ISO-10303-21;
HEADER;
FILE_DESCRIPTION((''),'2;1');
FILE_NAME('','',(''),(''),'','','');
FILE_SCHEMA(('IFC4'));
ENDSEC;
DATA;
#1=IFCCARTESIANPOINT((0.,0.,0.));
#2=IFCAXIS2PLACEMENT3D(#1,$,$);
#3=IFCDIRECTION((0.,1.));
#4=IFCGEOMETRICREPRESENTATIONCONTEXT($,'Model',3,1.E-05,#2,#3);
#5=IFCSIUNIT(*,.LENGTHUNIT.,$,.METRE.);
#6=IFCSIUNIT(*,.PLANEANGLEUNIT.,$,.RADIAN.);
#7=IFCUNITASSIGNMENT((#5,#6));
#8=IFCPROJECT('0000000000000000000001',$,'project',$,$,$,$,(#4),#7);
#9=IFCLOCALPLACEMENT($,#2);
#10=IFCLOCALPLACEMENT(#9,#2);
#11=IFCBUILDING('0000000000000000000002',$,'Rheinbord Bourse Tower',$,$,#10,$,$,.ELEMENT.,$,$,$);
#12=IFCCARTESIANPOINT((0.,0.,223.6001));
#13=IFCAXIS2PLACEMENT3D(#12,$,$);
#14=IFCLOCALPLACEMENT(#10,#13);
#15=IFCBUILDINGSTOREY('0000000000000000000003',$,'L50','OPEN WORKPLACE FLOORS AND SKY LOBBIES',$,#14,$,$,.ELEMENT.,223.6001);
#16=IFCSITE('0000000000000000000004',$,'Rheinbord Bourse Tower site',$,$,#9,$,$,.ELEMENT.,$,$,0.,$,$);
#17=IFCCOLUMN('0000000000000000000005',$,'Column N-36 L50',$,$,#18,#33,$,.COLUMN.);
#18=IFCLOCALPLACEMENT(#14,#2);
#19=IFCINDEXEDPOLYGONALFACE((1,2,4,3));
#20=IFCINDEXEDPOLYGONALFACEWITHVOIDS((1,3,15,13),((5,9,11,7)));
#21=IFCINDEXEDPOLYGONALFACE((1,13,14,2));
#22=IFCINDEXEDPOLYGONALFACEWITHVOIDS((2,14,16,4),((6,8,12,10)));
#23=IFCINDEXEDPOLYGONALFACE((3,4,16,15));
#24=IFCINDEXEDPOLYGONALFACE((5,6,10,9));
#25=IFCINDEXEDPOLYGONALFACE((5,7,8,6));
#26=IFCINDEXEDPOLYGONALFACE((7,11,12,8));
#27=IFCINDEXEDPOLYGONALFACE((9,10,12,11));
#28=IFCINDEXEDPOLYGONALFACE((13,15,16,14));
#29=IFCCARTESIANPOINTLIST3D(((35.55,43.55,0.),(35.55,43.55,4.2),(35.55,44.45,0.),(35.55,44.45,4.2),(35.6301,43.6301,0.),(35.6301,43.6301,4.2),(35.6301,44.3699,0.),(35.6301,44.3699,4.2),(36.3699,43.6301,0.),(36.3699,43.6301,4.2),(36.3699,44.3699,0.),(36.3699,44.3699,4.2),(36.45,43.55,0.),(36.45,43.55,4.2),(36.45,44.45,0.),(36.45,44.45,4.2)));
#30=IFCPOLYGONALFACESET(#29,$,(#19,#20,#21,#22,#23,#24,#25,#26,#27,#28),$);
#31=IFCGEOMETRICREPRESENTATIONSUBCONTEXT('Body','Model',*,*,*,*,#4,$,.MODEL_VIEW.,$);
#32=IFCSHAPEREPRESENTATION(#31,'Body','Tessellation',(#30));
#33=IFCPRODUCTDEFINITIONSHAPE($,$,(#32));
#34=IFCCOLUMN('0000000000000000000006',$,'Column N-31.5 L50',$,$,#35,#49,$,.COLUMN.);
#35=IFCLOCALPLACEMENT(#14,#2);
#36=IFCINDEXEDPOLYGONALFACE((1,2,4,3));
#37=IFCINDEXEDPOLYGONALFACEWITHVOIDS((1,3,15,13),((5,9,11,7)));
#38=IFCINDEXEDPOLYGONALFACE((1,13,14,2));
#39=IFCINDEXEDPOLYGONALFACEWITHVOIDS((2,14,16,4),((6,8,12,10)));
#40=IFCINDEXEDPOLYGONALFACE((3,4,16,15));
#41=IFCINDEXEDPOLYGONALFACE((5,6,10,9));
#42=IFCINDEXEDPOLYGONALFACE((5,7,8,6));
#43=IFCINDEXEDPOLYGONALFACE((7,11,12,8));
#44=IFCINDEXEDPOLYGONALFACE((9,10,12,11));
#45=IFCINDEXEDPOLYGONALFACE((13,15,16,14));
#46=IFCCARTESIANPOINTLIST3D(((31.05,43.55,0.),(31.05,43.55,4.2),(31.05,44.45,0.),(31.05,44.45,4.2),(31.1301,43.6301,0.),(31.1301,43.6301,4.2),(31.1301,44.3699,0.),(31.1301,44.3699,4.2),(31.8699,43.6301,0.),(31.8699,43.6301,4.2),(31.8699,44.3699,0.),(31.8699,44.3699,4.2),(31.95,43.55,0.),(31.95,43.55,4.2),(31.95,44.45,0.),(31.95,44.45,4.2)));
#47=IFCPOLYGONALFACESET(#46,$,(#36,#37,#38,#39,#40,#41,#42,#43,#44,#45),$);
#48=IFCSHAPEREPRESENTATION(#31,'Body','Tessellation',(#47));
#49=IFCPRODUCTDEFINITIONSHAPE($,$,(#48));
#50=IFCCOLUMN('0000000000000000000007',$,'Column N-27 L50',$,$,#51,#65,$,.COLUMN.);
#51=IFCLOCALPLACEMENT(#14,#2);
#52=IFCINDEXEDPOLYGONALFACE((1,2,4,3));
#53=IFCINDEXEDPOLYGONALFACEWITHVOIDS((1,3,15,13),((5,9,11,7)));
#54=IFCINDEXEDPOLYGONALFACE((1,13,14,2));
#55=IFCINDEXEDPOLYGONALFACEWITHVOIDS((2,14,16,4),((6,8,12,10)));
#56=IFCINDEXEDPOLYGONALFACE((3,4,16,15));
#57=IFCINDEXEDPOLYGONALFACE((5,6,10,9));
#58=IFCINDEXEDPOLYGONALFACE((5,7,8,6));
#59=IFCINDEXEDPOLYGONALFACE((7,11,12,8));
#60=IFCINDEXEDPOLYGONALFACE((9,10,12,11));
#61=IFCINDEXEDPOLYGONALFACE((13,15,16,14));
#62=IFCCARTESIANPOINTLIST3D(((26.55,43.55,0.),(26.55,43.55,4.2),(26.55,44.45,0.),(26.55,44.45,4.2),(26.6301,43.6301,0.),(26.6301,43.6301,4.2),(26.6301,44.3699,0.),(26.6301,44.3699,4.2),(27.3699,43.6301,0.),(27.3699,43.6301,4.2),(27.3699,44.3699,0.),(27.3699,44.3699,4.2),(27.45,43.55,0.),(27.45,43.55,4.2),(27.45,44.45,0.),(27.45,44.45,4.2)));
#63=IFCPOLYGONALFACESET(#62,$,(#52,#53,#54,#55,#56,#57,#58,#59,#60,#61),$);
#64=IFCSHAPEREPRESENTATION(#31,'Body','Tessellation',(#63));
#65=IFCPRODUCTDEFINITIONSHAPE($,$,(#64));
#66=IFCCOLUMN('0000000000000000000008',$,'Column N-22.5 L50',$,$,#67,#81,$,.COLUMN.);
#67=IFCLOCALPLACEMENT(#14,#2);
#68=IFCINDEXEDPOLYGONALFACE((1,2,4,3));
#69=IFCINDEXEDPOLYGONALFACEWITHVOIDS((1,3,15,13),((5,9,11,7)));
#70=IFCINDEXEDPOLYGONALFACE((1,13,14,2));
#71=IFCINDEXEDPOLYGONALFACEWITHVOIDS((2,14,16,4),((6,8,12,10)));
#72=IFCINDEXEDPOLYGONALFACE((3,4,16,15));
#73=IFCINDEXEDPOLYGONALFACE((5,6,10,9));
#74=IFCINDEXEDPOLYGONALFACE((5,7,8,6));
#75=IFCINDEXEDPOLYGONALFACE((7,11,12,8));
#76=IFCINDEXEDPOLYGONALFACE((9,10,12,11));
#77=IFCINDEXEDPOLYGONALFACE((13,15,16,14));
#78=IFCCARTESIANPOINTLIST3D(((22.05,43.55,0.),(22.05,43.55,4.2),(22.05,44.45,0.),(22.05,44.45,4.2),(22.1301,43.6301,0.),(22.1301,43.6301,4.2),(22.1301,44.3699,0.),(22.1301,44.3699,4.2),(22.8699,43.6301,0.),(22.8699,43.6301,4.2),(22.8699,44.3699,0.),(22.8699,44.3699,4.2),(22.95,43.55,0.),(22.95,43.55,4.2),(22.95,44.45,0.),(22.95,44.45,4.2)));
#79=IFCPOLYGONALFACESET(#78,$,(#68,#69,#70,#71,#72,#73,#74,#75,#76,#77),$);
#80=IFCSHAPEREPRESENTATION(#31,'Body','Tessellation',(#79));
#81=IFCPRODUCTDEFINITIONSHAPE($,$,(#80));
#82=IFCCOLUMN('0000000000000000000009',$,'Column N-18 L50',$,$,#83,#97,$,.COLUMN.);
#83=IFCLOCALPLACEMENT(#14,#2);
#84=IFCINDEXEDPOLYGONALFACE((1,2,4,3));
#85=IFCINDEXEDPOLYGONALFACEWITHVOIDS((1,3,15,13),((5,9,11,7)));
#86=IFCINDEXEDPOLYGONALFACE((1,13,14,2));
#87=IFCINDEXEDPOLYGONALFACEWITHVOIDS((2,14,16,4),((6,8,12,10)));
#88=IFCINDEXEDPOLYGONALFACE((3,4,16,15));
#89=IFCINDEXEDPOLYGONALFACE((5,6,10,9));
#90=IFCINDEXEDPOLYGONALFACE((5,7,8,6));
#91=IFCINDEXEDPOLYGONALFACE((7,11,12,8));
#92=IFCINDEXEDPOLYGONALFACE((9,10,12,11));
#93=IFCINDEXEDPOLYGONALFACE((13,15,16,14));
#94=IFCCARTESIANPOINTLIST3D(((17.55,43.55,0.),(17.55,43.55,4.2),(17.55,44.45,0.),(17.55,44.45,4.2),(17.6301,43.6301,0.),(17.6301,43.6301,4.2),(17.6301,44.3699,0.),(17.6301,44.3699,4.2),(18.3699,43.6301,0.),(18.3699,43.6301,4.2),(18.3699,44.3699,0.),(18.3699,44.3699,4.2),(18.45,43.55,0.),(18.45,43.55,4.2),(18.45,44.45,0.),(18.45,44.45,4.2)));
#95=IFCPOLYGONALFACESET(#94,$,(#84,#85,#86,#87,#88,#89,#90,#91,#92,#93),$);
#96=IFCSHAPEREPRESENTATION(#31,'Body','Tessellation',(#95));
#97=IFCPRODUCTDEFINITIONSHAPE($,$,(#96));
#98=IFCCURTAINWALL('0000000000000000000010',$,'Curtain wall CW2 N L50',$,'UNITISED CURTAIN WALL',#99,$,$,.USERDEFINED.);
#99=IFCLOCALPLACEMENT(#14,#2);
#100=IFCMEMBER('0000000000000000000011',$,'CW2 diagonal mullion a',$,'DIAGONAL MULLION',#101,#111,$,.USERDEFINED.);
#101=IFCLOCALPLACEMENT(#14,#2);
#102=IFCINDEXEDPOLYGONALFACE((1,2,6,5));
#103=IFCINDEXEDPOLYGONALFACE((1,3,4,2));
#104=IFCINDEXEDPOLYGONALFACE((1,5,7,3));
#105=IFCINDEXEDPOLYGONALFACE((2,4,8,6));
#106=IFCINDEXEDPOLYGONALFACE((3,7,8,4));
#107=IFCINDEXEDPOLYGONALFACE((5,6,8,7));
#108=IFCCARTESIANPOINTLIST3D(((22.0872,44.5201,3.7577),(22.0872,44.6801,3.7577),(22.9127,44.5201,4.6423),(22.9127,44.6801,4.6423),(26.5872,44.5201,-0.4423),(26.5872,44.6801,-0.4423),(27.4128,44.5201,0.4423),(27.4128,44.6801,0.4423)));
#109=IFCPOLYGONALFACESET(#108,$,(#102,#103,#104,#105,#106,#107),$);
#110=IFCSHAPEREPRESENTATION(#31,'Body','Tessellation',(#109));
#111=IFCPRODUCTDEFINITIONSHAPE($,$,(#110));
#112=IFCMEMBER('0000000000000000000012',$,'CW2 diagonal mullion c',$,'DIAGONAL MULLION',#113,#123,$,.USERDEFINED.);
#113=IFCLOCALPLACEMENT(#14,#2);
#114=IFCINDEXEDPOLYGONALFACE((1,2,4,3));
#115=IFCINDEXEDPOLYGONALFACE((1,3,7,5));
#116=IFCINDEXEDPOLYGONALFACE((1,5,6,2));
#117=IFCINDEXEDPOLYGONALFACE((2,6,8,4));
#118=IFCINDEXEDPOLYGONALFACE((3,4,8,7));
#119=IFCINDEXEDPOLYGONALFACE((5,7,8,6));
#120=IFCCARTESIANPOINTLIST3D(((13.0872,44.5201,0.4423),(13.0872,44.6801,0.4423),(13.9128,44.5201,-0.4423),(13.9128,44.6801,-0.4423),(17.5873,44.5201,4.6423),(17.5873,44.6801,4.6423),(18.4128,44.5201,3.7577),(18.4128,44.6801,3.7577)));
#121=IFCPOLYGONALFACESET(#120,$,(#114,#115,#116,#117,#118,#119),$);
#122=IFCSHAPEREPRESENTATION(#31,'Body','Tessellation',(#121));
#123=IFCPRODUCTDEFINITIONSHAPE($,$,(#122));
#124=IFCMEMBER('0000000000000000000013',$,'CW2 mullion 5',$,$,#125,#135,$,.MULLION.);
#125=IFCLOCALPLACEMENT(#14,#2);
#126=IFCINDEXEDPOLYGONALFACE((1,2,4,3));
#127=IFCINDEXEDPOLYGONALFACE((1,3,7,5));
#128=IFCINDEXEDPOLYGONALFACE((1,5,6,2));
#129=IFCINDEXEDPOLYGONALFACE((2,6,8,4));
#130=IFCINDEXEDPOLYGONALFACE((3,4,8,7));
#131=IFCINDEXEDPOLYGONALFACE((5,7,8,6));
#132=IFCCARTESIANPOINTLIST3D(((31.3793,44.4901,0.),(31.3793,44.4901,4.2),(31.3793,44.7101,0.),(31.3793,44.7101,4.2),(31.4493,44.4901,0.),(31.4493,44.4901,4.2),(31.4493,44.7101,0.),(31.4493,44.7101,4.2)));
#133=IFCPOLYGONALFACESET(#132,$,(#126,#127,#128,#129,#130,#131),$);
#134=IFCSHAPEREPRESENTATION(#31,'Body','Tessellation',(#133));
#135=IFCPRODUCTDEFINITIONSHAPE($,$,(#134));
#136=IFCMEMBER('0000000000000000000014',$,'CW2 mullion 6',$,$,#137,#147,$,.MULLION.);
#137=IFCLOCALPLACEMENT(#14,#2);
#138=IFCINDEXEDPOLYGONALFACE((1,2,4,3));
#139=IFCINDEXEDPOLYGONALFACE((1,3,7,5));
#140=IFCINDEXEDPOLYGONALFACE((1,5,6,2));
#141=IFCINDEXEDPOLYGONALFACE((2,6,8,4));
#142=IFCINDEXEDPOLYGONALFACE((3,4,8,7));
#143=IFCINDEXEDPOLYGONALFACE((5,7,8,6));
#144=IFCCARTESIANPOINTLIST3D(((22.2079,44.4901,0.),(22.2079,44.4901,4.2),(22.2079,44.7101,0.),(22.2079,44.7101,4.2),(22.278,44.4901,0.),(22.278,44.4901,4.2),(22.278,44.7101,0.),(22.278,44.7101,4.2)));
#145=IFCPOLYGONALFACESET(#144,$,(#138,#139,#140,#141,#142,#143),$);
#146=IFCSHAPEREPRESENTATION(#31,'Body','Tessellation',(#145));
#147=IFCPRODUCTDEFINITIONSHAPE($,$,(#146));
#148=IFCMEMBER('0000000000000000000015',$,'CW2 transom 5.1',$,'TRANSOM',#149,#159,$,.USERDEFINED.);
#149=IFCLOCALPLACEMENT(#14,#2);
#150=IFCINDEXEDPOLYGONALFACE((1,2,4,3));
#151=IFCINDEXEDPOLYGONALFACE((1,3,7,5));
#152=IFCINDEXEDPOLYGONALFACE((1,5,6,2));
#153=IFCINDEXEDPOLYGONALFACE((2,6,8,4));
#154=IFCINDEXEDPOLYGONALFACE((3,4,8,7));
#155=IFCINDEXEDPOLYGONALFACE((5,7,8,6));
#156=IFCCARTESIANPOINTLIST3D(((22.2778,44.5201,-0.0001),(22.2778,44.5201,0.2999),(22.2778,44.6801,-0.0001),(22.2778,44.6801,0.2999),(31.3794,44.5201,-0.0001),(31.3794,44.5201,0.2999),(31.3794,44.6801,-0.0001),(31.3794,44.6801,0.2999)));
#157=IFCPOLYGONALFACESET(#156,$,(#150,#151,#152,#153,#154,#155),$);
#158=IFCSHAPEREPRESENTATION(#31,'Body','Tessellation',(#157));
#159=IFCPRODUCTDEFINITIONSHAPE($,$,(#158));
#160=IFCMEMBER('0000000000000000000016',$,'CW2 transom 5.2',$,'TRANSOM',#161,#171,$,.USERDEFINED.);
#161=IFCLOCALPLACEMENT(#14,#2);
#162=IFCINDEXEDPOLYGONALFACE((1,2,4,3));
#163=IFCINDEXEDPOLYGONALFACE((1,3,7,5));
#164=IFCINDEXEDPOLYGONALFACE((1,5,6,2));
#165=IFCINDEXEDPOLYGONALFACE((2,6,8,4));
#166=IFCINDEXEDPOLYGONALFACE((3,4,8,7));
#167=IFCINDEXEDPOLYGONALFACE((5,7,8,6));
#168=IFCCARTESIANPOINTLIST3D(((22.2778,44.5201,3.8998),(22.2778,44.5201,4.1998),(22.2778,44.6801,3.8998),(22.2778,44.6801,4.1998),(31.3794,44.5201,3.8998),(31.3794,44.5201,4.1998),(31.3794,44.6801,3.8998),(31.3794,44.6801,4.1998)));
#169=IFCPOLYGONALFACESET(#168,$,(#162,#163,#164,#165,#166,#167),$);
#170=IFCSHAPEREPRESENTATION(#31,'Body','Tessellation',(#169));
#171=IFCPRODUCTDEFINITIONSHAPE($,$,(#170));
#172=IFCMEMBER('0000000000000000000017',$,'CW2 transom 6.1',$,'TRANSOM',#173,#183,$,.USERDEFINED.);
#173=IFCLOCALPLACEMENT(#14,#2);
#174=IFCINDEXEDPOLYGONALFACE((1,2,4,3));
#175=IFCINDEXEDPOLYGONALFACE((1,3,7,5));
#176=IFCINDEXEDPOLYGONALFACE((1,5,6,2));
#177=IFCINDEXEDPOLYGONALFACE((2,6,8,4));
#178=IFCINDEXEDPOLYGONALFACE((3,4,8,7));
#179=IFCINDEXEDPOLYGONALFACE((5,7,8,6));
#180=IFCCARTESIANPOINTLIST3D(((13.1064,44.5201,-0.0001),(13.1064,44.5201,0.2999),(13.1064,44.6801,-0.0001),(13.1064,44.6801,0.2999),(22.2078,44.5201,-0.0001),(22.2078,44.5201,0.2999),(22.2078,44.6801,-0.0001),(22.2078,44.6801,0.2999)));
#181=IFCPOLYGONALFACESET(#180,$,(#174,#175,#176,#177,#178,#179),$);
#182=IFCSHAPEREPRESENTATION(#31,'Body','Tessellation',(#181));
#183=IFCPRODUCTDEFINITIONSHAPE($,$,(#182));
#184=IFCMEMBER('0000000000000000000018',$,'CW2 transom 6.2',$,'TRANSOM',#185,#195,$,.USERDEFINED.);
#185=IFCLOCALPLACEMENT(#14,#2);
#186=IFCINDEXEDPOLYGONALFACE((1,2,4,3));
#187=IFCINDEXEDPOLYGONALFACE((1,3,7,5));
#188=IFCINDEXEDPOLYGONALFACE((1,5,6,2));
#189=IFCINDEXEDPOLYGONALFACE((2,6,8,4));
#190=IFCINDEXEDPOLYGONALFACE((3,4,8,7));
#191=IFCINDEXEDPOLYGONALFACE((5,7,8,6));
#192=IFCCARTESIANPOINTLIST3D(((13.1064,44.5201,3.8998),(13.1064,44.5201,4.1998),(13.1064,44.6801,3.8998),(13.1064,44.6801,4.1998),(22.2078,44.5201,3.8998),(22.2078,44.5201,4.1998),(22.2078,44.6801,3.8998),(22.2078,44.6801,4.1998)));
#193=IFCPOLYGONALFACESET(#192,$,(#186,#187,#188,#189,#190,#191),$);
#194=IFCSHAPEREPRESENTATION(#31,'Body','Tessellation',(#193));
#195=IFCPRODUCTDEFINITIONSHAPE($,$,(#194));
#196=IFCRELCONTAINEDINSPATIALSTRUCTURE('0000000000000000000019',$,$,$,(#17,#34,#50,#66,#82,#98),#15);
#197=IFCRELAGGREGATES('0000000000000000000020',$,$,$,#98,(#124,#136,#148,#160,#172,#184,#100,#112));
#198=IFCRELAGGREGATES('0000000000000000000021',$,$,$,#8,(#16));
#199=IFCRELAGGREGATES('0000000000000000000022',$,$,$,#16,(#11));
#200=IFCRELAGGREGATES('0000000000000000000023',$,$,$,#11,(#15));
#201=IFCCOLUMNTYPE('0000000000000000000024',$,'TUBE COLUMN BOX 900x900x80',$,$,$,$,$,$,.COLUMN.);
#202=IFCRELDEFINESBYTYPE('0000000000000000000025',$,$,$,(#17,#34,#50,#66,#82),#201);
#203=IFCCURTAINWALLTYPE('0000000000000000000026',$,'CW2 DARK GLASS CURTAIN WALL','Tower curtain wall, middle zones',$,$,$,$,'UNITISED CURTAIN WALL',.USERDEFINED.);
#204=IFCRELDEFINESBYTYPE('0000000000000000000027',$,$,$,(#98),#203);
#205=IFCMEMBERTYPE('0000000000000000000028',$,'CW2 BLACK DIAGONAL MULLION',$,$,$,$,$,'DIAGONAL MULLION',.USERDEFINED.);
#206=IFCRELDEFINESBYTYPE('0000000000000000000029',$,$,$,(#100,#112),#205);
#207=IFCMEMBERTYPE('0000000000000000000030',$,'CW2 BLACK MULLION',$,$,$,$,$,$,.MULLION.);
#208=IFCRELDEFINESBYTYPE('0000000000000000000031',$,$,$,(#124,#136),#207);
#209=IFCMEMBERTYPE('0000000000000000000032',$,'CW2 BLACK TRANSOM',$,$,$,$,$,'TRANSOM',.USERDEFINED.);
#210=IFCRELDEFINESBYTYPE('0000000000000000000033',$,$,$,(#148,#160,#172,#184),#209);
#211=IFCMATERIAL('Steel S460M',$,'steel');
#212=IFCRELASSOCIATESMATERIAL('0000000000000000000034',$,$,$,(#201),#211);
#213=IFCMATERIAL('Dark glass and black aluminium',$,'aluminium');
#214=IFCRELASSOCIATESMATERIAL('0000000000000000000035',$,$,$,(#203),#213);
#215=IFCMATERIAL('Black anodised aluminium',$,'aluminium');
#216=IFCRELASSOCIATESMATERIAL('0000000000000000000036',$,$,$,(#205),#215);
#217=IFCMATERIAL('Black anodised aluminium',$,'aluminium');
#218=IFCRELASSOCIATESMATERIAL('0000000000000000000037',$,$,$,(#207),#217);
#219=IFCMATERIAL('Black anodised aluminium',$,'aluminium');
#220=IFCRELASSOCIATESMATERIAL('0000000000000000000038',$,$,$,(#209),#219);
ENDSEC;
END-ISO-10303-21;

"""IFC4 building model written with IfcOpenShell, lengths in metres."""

from ifc_helpers import new_model, si_unit, direction, frame, origin, origin_2d, place, context, subcontext, project, spatial, rectangle, hollow_rectangle, extrude, material, material_profile, profile_set, type_object, element, aggregate, save


model = new_model("IFC4")

# Units and contexts
model_context = context("Model", 3, precision=1e-05, world=origin(), true_north=direction((0.0, 1.0)))
body_context = subcontext(model_context, "Body", "Model", "MODEL_VIEW")
ifc_project = project(units=[si_unit("LENGTHUNIT", "METRE"), si_unit("PLANEANGLEUNIT", "RADIAN")], contexts=[model_context])

# Site, building, storey
site_placement = place(None, origin())
site = spatial("IfcSite", under=ifc_project, at=site_placement, Name="Rheinbord Bourse Tower site", CompositionType="ELEMENT", RefElevation=0.0)
building_placement = place(site_placement, origin())
building = spatial("IfcBuilding", under=site, at=building_placement, Name="Rheinbord Bourse Tower", CompositionType="ELEMENT")
storey_placement = place(building_placement, frame((0.0, 0.0, 223.6001)))
storey = spatial("IfcBuildingStorey", under=building, at=storey_placement, Name="L50", Description="OPEN WORKPLACE FLOORS AND SKY LOBBIES", CompositionType="ELEMENT", Elevation=223.6001)

# Columns
ifc_material_1 = material(Name="Steel S460M", Category="steel")
ifc_material_profile_1 = material_profile(ifc_material_1, hollow_rectangle(XDim=0.8999, YDim=0.8999, WallThickness=0.0801, at=origin_2d()), Name="BOX 900x900x80")
ifc_profile_set_1 = profile_set([ifc_material_profile_1], Name="Steel S460M")
column_type = type_object("IfcColumnType", Name="TUBE COLUMN BOX 900x900x80", PredefinedType="COLUMN", material=ifc_profile_set_1)
for number, where, z_axis, x_axis, name in (
    (1, (36.0, 44.0, 0.0), (0.0, 0.0, 1.0), (0.0, 1.0, 0.0), "Column N-36 L50"),
    (2, (31.5, 44.0, 0.0), (0.0, 0.0, 1.0), (0.0, 1.0, 0.0), "Column N-31.5 L50"),
    (3, (27.0, 44.0, 0.0), (0.0, 0.0, 1.0), (0.0, 1.0, 0.0), "Column N-27 L50"),
    (4, (22.5, 44.0, 0.0), (0.0, 0.0, 1.0), (0.0, 1.0, 0.0), "Column N-22.5 L50"),
    (5, (18.0, 44.0, 0.0), (0.0, 0.0, 1.0), (0.0, 1.0, 0.0), "Column N-18 L50"),
):
    element("IfcColumn", number, at=place(storey_placement, frame(where, z_axis=z_axis, x_axis=x_axis)), inside=storey, type_object=column_type, Name=name, PredefinedType="COLUMN", context=body_context, shape_type="SweptSolid", body=[
        extrude(hollow_rectangle(XDim=0.8999, YDim=0.8999, WallThickness=0.0801, at=origin_2d()), origin(), (0.0, 0.0, 1.0), 4.2),
    ])

# Curtain wall, members
ifc_material_2 = material(Name="Dark glass and black aluminium", Category="aluminium")
curtain_wall_type = type_object("IfcCurtainWallType", Name="CW2 DARK GLASS CURTAIN WALL", Description="Tower curtain wall, middle zones", ElementType="UNITISED CURTAIN WALL", PredefinedType="USERDEFINED", material=ifc_material_2)
curtain_wall_placement = place(storey_placement, origin())
curtain_wall = element("IfcCurtainWall", 6, at=curtain_wall_placement, inside=storey, type_object=curtain_wall_type, Name="Curtain wall CW2 N L50", ObjectType="UNITISED CURTAIN WALL", PredefinedType="USERDEFINED")
ifc_material_3 = material(Name="Black anodised aluminium", Category="aluminium")
ifc_material_profile_2 = material_profile(ifc_material_3, rectangle(XDim=0.1599, YDim=1.21, at=origin_2d()), Name="CW2 DIAGONAL MULLION 1210x160")
ifc_profile_set_2 = profile_set([ifc_material_profile_2], Name="Black anodised aluminium")
member_type_1 = type_object("IfcMemberType", Name="CW2 BLACK DIAGONAL MULLION", ElementType="DIAGONAL MULLION", PredefinedType="USERDEFINED", material=ifc_profile_set_2)
member_1_placement = place(storey_placement, frame((27.0, 44.6001, 0.0), z_axis=(-0.731059, 0.0, 0.682314), x_axis=(0.0, -1.0, 0.0)))
member_1 = element("IfcMember", 7, at=member_1_placement, type_object=member_type_1, Name="CW2 diagonal mullion a", ObjectType="DIAGONAL MULLION", PredefinedType="USERDEFINED", context=body_context, shape_type="SweptSolid", body=[
    extrude(rectangle(XDim=0.1599, YDim=1.21, at=origin_2d()), origin(), (0.0, 0.0, 1.0), 6.1555),
])
member_2_placement = place(storey_placement, frame((13.5, 44.6001, 0.0), z_axis=(0.731059, 0.0, 0.682314), x_axis=(0.0, 1.0, 0.0)))
member_2 = element("IfcMember", 8, at=member_2_placement, type_object=member_type_1, Name="CW2 diagonal mullion c", ObjectType="DIAGONAL MULLION", PredefinedType="USERDEFINED", context=body_context, shape_type="SweptSolid", body=[
    extrude(rectangle(XDim=0.1599, YDim=1.21, at=origin_2d()), origin(), (0.0, 0.0, 1.0), 6.1555),
])
ifc_material_4 = material(Name="Black anodised aluminium", Category="aluminium")
ifc_material_profile_3 = material_profile(ifc_material_4, rectangle(XDim=0.22, YDim=0.0701, at=origin_2d()), Name="CW2 MULLION 70x220")
ifc_profile_set_3 = profile_set([ifc_material_profile_3], Name="Black anodised aluminium")
member_type_2 = type_object("IfcMemberType", Name="CW2 BLACK MULLION", PredefinedType="MULLION", material=ifc_profile_set_3)
member_3_placement = place(storey_placement, frame((31.4143, 44.6001, 0.0), z_axis=(0.0, 0.0, 1.0), x_axis=(0.0, -1.0, 0.0)))
member_3 = element("IfcMember", 9, at=member_3_placement, type_object=member_type_2, Name="CW2 mullion 5", PredefinedType="MULLION", context=body_context, shape_type="SweptSolid", body=[
    extrude(rectangle(XDim=0.22, YDim=0.0701, at=origin_2d()), origin(), (0.0, 0.0, 1.0), 4.2),
])
member_4_placement = place(storey_placement, frame((22.2429, 44.6001, 0.0), z_axis=(0.0, 0.0, 1.0), x_axis=(0.0, -1.0, 0.0)))
member_4 = element("IfcMember", 10, at=member_4_placement, type_object=member_type_2, Name="CW2 mullion 6", PredefinedType="MULLION", context=body_context, shape_type="SweptSolid", body=[
    extrude(rectangle(XDim=0.22, YDim=0.0701, at=origin_2d()), origin(), (0.0, 0.0, 1.0), 4.2),
])
ifc_material_5 = material(Name="Black anodised aluminium", Category="aluminium")
ifc_material_profile_4 = material_profile(ifc_material_5, rectangle(XDim=0.1599, YDim=0.3, at=origin_2d()), Name="CW2 TRANSOM 300x160")
ifc_profile_set_4 = profile_set([ifc_material_profile_4], Name="Black anodised aluminium")
member_type_3 = type_object("IfcMemberType", Name="CW2 BLACK TRANSOM", ElementType="TRANSOM", PredefinedType="USERDEFINED", material=ifc_profile_set_4)
member_5_placement = place(storey_placement, frame((31.3794, 44.6001, 0.1499), z_axis=(-1.0, 0.0, 0.0), x_axis=(0.0, -1.0, 0.0)))
member_5 = element("IfcMember", 11, at=member_5_placement, type_object=member_type_3, Name="CW2 transom 5.1", ObjectType="TRANSOM", PredefinedType="USERDEFINED", context=body_context, shape_type="SweptSolid", body=[
    extrude(rectangle(XDim=0.1599, YDim=0.3, at=origin_2d()), origin(), (0.0, 0.0, 1.0), 9.1016),
])
member_6_placement = place(storey_placement, frame((31.3794, 44.6001, 4.0498), z_axis=(-1.0, 0.0, 0.0), x_axis=(0.0, -1.0, 0.0)))
member_6 = element("IfcMember", 12, at=member_6_placement, type_object=member_type_3, Name="CW2 transom 5.2", ObjectType="TRANSOM", PredefinedType="USERDEFINED", context=body_context, shape_type="SweptSolid", body=[
    extrude(rectangle(XDim=0.1599, YDim=0.3, at=origin_2d()), origin(), (0.0, 0.0, 1.0), 9.1016),
])
member_7_placement = place(storey_placement, frame((22.2078, 44.6001, 0.1499), z_axis=(-1.0, 0.0, 0.0), x_axis=(0.0, -1.0, 0.0)))
member_7 = element("IfcMember", 13, at=member_7_placement, type_object=member_type_3, Name="CW2 transom 6.1", ObjectType="TRANSOM", PredefinedType="USERDEFINED", context=body_context, shape_type="SweptSolid", body=[
    extrude(rectangle(XDim=0.1599, YDim=0.3, at=origin_2d()), origin(), (0.0, 0.0, 1.0), 9.1013),
])
member_8_placement = place(storey_placement, frame((22.2078, 44.6001, 4.0498), z_axis=(-1.0, 0.0, 0.0), x_axis=(0.0, -1.0, 0.0)))
member_8 = element("IfcMember", 14, at=member_8_placement, type_object=member_type_3, Name="CW2 transom 6.2", ObjectType="TRANSOM", PredefinedType="USERDEFINED", context=body_context, shape_type="SweptSolid", body=[
    extrude(rectangle(XDim=0.1599, YDim=0.3, at=origin_2d()), origin(), (0.0, 0.0, 1.0), 9.1013),
])

aggregate(curtain_wall, [member_3, member_4, member_5, member_6, member_7, member_8, member_1, member_2])

save(model, "model.ifc")
